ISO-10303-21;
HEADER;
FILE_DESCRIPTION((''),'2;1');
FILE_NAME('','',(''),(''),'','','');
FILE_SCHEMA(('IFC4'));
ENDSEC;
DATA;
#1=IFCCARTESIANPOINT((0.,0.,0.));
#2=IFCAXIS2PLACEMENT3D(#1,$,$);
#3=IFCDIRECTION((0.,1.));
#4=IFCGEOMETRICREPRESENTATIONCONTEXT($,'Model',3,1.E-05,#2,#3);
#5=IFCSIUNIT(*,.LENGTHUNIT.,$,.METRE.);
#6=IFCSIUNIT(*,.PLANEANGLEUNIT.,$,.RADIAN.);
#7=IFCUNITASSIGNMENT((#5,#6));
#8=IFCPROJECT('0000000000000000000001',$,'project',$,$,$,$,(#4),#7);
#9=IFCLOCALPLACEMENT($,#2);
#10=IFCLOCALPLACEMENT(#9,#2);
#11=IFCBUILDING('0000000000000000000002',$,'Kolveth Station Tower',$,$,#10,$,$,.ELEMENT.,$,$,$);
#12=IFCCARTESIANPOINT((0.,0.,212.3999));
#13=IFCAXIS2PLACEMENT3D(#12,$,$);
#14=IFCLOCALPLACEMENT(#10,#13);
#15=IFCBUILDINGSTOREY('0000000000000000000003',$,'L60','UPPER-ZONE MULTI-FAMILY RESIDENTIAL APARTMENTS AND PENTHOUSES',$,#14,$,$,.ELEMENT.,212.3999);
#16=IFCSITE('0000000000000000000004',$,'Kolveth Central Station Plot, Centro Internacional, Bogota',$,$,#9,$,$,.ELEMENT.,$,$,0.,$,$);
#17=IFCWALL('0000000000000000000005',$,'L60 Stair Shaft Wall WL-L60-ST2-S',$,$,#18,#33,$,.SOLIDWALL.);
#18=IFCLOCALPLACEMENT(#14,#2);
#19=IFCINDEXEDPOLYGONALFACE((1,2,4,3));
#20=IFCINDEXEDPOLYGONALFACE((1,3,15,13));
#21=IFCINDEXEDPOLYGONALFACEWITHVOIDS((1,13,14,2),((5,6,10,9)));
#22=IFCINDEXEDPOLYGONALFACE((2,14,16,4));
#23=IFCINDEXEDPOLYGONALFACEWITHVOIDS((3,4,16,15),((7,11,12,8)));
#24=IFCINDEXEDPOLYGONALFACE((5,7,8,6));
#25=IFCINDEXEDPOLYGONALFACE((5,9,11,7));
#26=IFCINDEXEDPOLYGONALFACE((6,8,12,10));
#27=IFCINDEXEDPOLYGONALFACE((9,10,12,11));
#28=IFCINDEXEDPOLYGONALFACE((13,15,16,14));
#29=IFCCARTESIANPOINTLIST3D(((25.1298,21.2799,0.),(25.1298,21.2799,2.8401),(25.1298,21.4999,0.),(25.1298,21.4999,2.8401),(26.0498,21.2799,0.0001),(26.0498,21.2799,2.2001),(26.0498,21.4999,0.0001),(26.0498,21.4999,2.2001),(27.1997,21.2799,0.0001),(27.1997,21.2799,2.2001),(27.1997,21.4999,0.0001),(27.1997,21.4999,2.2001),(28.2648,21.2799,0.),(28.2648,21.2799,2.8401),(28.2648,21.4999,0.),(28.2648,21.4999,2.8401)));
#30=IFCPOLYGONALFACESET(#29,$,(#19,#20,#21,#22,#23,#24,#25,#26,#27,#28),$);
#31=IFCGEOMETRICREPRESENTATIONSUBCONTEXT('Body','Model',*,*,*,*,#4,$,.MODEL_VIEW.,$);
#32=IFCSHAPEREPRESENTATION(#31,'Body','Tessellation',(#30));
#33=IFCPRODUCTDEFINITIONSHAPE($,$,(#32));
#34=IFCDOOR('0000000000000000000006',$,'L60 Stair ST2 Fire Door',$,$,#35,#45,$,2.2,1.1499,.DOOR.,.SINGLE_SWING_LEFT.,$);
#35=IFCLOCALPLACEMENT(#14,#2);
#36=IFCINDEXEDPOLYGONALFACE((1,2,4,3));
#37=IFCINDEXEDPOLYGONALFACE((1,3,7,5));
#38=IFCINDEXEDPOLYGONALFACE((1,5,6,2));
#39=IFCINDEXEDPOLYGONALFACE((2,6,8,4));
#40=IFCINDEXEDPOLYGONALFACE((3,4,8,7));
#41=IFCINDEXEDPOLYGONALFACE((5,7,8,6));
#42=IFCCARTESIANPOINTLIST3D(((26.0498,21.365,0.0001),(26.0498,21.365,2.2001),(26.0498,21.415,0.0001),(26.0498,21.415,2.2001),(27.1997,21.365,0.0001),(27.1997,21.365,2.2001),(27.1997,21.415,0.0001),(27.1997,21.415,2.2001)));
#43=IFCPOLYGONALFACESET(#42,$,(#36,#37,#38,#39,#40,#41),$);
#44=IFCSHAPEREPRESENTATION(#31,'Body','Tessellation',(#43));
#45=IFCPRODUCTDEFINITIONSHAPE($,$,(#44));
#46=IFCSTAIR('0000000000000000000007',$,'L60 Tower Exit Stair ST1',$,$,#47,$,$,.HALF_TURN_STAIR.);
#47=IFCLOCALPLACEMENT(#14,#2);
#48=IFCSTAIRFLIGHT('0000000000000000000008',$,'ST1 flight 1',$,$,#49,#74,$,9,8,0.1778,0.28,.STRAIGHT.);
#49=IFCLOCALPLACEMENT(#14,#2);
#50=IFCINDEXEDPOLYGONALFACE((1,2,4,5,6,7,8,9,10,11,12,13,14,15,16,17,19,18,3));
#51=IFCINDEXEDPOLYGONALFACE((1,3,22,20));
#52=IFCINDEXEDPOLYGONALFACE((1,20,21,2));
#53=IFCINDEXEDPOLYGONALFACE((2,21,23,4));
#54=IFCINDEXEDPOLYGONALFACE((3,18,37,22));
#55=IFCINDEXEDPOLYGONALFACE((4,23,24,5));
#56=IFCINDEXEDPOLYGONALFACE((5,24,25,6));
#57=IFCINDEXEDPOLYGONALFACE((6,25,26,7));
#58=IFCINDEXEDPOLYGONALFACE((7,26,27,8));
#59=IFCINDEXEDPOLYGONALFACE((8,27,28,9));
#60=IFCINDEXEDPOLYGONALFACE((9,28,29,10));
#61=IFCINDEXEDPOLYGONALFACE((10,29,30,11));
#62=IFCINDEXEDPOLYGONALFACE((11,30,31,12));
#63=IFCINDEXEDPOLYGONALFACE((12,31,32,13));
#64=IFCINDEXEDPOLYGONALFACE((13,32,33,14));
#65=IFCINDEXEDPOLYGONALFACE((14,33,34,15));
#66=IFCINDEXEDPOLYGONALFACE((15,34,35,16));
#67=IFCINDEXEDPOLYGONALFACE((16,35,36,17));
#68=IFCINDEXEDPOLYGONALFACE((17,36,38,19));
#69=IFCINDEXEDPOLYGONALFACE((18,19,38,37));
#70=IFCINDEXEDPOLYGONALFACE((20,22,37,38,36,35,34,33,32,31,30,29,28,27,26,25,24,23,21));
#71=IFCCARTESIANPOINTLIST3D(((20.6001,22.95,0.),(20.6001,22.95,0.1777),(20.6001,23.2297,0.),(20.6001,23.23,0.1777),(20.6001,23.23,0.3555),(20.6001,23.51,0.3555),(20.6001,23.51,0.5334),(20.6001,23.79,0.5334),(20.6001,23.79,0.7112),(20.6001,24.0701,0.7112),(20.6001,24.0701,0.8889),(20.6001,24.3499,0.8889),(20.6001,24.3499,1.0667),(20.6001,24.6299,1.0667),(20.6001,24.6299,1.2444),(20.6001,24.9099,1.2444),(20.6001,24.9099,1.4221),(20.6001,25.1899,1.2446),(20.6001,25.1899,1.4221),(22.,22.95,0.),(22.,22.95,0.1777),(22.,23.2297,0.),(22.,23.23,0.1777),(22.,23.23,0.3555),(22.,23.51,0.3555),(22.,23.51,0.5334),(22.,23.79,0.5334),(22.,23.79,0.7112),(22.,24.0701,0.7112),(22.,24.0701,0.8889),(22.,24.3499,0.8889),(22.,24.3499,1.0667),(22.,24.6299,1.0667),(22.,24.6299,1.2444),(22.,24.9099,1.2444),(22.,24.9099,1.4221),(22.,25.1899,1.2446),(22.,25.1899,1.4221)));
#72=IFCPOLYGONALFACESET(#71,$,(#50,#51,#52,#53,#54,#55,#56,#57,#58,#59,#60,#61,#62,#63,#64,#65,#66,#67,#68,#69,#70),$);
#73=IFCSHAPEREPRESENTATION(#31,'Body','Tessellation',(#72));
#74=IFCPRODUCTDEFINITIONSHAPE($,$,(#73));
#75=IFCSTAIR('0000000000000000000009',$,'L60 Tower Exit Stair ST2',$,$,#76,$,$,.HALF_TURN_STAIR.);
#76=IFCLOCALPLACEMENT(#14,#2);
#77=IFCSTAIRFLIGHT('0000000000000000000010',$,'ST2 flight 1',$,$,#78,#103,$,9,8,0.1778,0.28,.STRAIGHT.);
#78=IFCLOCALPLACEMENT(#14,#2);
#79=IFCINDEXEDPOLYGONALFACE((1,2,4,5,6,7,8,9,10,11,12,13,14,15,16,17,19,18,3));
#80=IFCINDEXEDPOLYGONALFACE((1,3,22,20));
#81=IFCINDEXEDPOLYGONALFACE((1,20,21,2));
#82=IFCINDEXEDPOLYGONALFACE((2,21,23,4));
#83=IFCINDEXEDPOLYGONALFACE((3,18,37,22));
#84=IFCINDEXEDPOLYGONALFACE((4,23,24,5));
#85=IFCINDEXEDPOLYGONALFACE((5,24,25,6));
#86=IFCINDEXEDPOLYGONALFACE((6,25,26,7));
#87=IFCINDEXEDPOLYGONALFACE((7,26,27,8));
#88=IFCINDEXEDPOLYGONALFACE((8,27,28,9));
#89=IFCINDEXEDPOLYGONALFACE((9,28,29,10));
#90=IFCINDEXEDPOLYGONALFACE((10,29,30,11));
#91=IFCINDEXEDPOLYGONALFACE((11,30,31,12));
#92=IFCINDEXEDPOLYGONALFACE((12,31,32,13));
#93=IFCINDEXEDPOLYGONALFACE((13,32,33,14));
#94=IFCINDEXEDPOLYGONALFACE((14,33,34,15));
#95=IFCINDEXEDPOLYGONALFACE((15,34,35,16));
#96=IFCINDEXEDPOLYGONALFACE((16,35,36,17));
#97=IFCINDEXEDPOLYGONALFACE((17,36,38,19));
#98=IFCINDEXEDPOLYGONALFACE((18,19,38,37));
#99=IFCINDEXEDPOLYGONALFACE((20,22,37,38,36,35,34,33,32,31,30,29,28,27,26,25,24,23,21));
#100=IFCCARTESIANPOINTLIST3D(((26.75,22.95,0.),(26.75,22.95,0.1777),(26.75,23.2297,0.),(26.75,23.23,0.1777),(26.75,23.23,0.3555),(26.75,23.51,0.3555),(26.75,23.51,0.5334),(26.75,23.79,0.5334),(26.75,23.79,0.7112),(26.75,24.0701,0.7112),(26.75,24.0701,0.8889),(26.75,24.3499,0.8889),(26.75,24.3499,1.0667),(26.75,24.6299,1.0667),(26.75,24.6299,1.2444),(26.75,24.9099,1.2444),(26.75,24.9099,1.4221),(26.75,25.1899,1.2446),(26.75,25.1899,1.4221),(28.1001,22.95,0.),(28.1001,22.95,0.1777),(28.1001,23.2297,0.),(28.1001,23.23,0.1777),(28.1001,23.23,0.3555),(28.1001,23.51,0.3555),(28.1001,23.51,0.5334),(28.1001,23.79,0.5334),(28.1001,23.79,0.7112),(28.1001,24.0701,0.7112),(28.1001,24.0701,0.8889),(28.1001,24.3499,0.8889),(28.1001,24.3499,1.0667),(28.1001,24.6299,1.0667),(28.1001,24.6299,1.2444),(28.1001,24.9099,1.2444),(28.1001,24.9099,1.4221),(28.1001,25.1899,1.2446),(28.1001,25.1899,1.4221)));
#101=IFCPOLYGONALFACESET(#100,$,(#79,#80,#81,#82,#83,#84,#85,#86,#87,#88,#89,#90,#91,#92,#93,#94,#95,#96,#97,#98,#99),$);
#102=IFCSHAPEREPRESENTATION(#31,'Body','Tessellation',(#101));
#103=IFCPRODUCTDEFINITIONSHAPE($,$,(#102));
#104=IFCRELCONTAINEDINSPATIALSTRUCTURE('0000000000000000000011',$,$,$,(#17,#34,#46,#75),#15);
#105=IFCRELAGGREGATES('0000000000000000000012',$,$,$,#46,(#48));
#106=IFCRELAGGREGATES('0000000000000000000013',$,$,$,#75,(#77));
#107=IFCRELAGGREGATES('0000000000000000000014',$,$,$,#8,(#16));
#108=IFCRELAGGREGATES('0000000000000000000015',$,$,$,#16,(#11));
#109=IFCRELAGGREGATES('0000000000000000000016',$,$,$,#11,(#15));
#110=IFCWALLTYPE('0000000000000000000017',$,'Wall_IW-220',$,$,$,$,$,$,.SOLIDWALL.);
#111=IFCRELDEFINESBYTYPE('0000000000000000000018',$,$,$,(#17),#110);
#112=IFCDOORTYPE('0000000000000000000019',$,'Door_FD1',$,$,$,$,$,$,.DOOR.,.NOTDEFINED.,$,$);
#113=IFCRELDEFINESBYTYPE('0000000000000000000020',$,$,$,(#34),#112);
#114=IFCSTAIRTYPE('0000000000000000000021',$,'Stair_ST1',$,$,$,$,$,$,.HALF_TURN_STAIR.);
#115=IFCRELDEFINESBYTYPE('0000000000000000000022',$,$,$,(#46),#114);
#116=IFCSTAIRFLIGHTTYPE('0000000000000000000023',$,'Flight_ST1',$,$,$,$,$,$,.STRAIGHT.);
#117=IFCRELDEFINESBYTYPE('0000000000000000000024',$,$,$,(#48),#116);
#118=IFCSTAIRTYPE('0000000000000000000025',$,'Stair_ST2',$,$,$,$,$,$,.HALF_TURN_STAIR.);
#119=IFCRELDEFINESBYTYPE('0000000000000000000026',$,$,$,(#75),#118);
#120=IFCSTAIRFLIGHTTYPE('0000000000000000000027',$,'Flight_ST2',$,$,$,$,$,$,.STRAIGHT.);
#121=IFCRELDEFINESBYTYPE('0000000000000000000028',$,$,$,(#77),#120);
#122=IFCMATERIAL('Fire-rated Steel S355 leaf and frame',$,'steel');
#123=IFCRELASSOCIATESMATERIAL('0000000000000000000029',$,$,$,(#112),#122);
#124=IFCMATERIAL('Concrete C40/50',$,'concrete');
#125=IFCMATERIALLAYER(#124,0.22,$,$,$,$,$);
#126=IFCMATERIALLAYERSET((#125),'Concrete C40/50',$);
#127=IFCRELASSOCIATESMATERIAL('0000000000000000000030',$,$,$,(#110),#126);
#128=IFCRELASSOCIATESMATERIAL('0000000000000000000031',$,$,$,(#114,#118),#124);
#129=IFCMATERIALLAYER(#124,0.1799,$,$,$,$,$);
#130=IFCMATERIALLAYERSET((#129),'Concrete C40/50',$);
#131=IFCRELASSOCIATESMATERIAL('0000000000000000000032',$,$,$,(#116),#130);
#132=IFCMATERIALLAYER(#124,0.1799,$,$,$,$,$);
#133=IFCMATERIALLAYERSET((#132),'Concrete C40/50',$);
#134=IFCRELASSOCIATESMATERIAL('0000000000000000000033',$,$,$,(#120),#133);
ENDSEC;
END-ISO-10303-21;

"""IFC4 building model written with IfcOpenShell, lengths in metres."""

from ifc_helpers import new_model, si_unit, direction, frame, frame_2d, origin, place, context, subcontext, project, spatial, polyline, rectangle, outline, extrude, material, layer, layer_set, type_object, element, fill, aggregate, save


model = new_model("IFC4")

# Units and contexts
model_context = context("Model", 3, precision=1e-05, world=origin(), true_north=direction((0.0, 1.0)))
body_context = subcontext(model_context, "Body", "Model", "MODEL_VIEW")
ifc_project = project(units=[si_unit("LENGTHUNIT", "METRE"), si_unit("PLANEANGLEUNIT", "RADIAN")], contexts=[model_context])

# Site, building, storey
site_placement = place(None, origin())
site = spatial("IfcSite", under=ifc_project, at=site_placement, Name="Kolveth Central Station Plot, Centro Internacional, Bogota", CompositionType="ELEMENT", RefElevation=0.0)
building_placement = place(site_placement, origin())
building = spatial("IfcBuilding", under=site, at=building_placement, Name="Kolveth Station Tower", CompositionType="ELEMENT")
storey_placement = place(building_placement, frame((0.0, 0.0, 212.3999)))
storey = spatial("IfcBuildingStorey", under=building, at=storey_placement, Name="L60", Description="UPPER-ZONE MULTI-FAMILY RESIDENTIAL APARTMENTS AND PENTHOUSES", CompositionType="ELEMENT", Elevation=212.3999)

# Shared definitions
ifc_material_1 = material(Name="Fire-rated Steel S355 leaf and frame", Category="steel")
door_type_1 = type_object("IfcDoorType", Name="Door_FD1", OperationType="NOTDEFINED", PredefinedType="DOOR", material=ifc_material_1)

# Shared definitions
ifc_material_2 = material(Name="Concrete C40/50", Category="concrete")
ifc_layer_1 = layer(ifc_material_2, 0.22)
ifc_layer_set_1 = layer_set([ifc_layer_1], Name="Concrete C40/50")
wall_type_1 = type_object("IfcWallType", Name="Wall_IW-220", PredefinedType="SOLIDWALL", material=ifc_layer_set_1)

# Wall, opening, door
wall_1_placement = place(storey_placement, frame((25.1299, 21.3899, 0.0), z_axis=(0.0, 0.0, 1.0), x_axis=(1.0, 0.0, 0.0)))
wall_1 = element("IfcWall", 1, at=wall_1_placement, inside=storey, type_object=wall_type_1, Name="L60 Stair Shaft Wall WL-L60-ST2-S", PredefinedType="SOLIDWALL", context=body_context, shape_type="SweptSolid", body=[
    extrude(rectangle(XDim=3.135, YDim=0.22, at=frame_2d((1.5674, 0.0))), origin(), (0.0, 0.0, 1.0), 2.8401),
])
opening_1_placement = place(wall_1_placement, frame((0.9199, 0.0, 0.0)))
opening_1 = element("IfcOpeningElement", 2, at=opening_1_placement, cuts=wall_1, PredefinedType="OPENING", context=body_context, shape_type="SweptSolid", body=[
    extrude(rectangle(XDim=1.1499, YDim=2.2, at=frame_2d((0.575, 1.1001))), frame((0.0, 0.1199, 0.0), z_axis=(0.0, -1.0, 0.0), x_axis=(1.0, 0.0, 0.0)), (0.0, 0.0, 1.0), 0.24),
])
door_1_placement = place(opening_1_placement, frame((1.1499, 0.0, 0.0), z_axis=(0.0, 0.0, 1.0), x_axis=(-1.0, 0.0, 0.0)))
door_1 = element("IfcDoor", 3, at=door_1_placement, inside=storey, type_object=door_type_1, Name="L60 Stair ST2 Fire Door", OperationType="SINGLE_SWING_LEFT", OverallHeight=2.2, OverallWidth=1.1499, PredefinedType="DOOR", context=body_context, shape_type="SweptSolid", body=[
    extrude(rectangle(XDim=1.1499, YDim=2.2, at=frame_2d((0.575, 1.1001))), frame((0.0, 0.0249, 0.0), z_axis=(0.0, -1.0, 0.0), x_axis=(1.0, 0.0, 0.0)), (0.0, 0.0, 1.0), 0.05),
])
fill(opening_1, door_1)

# Stairs, stair flights
stair_type_1 = type_object("IfcStairType", Name="Stair_ST1", PredefinedType="HALF_TURN_STAIR", material=ifc_material_2)
stair_1_placement = place(storey_placement, origin())
stair_1 = element("IfcStair", 4, at=stair_1_placement, inside=storey, type_object=stair_type_1, Name="L60 Tower Exit Stair ST1", PredefinedType="HALF_TURN_STAIR")
ifc_layer_2 = layer(ifc_material_2, 0.1799)
ifc_layer_set_2 = layer_set([ifc_layer_2], Name="Concrete C40/50")
stair_flight_type_1 = type_object("IfcStairFlightType", Name="Flight_ST1", PredefinedType="STRAIGHT", material=ifc_layer_set_2)
stair_flight_1_placement = place(storey_placement, frame((21.3, 22.95, 0.0), z_axis=(0.0, 0.0, 1.0), x_axis=(0.0, 1.0, 0.0)))
stair_flight_1 = element("IfcStairFlight", 5, at=stair_flight_1_placement, type_object=stair_flight_type_1, Name="ST1 flight 1", NumberOfRisers=9, NumberOfTreads=8, PredefinedType="STRAIGHT", RiserHeight=0.1778, TreadLength=0.28, context=body_context, shape_type="SweptSolid", body=[
    extrude(outline(polyline([(0.0, 0.0), (0.0, 0.1777), (0.28, 0.1777), (0.28, 0.3555), (0.5601, 0.3555), (0.5601, 0.5334), (0.8401, 0.5334), (0.8401, 0.7112), (1.1201, 0.7112), (1.1201, 0.8889), (1.3999, 0.8889), (1.3999, 1.0667), (1.6799, 1.0667), (1.6799, 1.2444), (1.96, 1.2444), (1.96, 1.4221), (2.24, 1.4221), (2.24, 1.6001), (2.24, 1.2446), (0.2798, 0.0), (0.0, 0.0)])), frame((0.0, 0.7, 0.0), z_axis=(0.0, -1.0, 0.0), x_axis=(1.0, 0.0, 0.0)), (0.0, 0.0, 1.0), 1.3999),
])
aggregate(stair_1, [stair_flight_1])
stair_type_2 = type_object("IfcStairType", Name="Stair_ST2", PredefinedType="HALF_TURN_STAIR", material=ifc_material_2)
stair_2_placement = place(storey_placement, origin())
stair_2 = element("IfcStair", 6, at=stair_2_placement, inside=storey, type_object=stair_type_2, Name="L60 Tower Exit Stair ST2", PredefinedType="HALF_TURN_STAIR")
ifc_layer_3 = layer(ifc_material_2, 0.1799)
ifc_layer_set_3 = layer_set([ifc_layer_3], Name="Concrete C40/50")
stair_flight_type_2 = type_object("IfcStairFlightType", Name="Flight_ST2", PredefinedType="STRAIGHT", material=ifc_layer_set_3)
stair_flight_2_placement = place(storey_placement, frame((27.425, 22.95, 0.0), z_axis=(0.0, 0.0, 1.0), x_axis=(0.0, 1.0, 0.0)))
stair_flight_2 = element("IfcStairFlight", 7, at=stair_flight_2_placement, type_object=stair_flight_type_2, Name="ST2 flight 1", NumberOfRisers=9, NumberOfTreads=8, PredefinedType="STRAIGHT", RiserHeight=0.1778, TreadLength=0.28, context=body_context, shape_type="SweptSolid", body=[
    extrude(outline(polyline([(0.0, 0.0), (0.0, 0.1777), (0.28, 0.1777), (0.28, 0.3555), (0.5601, 0.3555), (0.5601, 0.5334), (0.8401, 0.5334), (0.8401, 0.7112), (1.1201, 0.7112), (1.1201, 0.8889), (1.3999, 0.8889), (1.3999, 1.0667), (1.6799, 1.0667), (1.6799, 1.2444), (1.96, 1.2444), (1.96, 1.4221), (2.24, 1.4221), (2.24, 1.6001), (2.24, 1.2446), (0.2798, 0.0), (0.0, 0.0)])), frame((0.0, 0.675, 0.0), z_axis=(0.0, -1.0, 0.0), x_axis=(1.0, 0.0, 0.0)), (0.0, 0.0, 1.0), 1.3501),
])
aggregate(stair_2, [stair_flight_2])

save(model, "model.ifc")
